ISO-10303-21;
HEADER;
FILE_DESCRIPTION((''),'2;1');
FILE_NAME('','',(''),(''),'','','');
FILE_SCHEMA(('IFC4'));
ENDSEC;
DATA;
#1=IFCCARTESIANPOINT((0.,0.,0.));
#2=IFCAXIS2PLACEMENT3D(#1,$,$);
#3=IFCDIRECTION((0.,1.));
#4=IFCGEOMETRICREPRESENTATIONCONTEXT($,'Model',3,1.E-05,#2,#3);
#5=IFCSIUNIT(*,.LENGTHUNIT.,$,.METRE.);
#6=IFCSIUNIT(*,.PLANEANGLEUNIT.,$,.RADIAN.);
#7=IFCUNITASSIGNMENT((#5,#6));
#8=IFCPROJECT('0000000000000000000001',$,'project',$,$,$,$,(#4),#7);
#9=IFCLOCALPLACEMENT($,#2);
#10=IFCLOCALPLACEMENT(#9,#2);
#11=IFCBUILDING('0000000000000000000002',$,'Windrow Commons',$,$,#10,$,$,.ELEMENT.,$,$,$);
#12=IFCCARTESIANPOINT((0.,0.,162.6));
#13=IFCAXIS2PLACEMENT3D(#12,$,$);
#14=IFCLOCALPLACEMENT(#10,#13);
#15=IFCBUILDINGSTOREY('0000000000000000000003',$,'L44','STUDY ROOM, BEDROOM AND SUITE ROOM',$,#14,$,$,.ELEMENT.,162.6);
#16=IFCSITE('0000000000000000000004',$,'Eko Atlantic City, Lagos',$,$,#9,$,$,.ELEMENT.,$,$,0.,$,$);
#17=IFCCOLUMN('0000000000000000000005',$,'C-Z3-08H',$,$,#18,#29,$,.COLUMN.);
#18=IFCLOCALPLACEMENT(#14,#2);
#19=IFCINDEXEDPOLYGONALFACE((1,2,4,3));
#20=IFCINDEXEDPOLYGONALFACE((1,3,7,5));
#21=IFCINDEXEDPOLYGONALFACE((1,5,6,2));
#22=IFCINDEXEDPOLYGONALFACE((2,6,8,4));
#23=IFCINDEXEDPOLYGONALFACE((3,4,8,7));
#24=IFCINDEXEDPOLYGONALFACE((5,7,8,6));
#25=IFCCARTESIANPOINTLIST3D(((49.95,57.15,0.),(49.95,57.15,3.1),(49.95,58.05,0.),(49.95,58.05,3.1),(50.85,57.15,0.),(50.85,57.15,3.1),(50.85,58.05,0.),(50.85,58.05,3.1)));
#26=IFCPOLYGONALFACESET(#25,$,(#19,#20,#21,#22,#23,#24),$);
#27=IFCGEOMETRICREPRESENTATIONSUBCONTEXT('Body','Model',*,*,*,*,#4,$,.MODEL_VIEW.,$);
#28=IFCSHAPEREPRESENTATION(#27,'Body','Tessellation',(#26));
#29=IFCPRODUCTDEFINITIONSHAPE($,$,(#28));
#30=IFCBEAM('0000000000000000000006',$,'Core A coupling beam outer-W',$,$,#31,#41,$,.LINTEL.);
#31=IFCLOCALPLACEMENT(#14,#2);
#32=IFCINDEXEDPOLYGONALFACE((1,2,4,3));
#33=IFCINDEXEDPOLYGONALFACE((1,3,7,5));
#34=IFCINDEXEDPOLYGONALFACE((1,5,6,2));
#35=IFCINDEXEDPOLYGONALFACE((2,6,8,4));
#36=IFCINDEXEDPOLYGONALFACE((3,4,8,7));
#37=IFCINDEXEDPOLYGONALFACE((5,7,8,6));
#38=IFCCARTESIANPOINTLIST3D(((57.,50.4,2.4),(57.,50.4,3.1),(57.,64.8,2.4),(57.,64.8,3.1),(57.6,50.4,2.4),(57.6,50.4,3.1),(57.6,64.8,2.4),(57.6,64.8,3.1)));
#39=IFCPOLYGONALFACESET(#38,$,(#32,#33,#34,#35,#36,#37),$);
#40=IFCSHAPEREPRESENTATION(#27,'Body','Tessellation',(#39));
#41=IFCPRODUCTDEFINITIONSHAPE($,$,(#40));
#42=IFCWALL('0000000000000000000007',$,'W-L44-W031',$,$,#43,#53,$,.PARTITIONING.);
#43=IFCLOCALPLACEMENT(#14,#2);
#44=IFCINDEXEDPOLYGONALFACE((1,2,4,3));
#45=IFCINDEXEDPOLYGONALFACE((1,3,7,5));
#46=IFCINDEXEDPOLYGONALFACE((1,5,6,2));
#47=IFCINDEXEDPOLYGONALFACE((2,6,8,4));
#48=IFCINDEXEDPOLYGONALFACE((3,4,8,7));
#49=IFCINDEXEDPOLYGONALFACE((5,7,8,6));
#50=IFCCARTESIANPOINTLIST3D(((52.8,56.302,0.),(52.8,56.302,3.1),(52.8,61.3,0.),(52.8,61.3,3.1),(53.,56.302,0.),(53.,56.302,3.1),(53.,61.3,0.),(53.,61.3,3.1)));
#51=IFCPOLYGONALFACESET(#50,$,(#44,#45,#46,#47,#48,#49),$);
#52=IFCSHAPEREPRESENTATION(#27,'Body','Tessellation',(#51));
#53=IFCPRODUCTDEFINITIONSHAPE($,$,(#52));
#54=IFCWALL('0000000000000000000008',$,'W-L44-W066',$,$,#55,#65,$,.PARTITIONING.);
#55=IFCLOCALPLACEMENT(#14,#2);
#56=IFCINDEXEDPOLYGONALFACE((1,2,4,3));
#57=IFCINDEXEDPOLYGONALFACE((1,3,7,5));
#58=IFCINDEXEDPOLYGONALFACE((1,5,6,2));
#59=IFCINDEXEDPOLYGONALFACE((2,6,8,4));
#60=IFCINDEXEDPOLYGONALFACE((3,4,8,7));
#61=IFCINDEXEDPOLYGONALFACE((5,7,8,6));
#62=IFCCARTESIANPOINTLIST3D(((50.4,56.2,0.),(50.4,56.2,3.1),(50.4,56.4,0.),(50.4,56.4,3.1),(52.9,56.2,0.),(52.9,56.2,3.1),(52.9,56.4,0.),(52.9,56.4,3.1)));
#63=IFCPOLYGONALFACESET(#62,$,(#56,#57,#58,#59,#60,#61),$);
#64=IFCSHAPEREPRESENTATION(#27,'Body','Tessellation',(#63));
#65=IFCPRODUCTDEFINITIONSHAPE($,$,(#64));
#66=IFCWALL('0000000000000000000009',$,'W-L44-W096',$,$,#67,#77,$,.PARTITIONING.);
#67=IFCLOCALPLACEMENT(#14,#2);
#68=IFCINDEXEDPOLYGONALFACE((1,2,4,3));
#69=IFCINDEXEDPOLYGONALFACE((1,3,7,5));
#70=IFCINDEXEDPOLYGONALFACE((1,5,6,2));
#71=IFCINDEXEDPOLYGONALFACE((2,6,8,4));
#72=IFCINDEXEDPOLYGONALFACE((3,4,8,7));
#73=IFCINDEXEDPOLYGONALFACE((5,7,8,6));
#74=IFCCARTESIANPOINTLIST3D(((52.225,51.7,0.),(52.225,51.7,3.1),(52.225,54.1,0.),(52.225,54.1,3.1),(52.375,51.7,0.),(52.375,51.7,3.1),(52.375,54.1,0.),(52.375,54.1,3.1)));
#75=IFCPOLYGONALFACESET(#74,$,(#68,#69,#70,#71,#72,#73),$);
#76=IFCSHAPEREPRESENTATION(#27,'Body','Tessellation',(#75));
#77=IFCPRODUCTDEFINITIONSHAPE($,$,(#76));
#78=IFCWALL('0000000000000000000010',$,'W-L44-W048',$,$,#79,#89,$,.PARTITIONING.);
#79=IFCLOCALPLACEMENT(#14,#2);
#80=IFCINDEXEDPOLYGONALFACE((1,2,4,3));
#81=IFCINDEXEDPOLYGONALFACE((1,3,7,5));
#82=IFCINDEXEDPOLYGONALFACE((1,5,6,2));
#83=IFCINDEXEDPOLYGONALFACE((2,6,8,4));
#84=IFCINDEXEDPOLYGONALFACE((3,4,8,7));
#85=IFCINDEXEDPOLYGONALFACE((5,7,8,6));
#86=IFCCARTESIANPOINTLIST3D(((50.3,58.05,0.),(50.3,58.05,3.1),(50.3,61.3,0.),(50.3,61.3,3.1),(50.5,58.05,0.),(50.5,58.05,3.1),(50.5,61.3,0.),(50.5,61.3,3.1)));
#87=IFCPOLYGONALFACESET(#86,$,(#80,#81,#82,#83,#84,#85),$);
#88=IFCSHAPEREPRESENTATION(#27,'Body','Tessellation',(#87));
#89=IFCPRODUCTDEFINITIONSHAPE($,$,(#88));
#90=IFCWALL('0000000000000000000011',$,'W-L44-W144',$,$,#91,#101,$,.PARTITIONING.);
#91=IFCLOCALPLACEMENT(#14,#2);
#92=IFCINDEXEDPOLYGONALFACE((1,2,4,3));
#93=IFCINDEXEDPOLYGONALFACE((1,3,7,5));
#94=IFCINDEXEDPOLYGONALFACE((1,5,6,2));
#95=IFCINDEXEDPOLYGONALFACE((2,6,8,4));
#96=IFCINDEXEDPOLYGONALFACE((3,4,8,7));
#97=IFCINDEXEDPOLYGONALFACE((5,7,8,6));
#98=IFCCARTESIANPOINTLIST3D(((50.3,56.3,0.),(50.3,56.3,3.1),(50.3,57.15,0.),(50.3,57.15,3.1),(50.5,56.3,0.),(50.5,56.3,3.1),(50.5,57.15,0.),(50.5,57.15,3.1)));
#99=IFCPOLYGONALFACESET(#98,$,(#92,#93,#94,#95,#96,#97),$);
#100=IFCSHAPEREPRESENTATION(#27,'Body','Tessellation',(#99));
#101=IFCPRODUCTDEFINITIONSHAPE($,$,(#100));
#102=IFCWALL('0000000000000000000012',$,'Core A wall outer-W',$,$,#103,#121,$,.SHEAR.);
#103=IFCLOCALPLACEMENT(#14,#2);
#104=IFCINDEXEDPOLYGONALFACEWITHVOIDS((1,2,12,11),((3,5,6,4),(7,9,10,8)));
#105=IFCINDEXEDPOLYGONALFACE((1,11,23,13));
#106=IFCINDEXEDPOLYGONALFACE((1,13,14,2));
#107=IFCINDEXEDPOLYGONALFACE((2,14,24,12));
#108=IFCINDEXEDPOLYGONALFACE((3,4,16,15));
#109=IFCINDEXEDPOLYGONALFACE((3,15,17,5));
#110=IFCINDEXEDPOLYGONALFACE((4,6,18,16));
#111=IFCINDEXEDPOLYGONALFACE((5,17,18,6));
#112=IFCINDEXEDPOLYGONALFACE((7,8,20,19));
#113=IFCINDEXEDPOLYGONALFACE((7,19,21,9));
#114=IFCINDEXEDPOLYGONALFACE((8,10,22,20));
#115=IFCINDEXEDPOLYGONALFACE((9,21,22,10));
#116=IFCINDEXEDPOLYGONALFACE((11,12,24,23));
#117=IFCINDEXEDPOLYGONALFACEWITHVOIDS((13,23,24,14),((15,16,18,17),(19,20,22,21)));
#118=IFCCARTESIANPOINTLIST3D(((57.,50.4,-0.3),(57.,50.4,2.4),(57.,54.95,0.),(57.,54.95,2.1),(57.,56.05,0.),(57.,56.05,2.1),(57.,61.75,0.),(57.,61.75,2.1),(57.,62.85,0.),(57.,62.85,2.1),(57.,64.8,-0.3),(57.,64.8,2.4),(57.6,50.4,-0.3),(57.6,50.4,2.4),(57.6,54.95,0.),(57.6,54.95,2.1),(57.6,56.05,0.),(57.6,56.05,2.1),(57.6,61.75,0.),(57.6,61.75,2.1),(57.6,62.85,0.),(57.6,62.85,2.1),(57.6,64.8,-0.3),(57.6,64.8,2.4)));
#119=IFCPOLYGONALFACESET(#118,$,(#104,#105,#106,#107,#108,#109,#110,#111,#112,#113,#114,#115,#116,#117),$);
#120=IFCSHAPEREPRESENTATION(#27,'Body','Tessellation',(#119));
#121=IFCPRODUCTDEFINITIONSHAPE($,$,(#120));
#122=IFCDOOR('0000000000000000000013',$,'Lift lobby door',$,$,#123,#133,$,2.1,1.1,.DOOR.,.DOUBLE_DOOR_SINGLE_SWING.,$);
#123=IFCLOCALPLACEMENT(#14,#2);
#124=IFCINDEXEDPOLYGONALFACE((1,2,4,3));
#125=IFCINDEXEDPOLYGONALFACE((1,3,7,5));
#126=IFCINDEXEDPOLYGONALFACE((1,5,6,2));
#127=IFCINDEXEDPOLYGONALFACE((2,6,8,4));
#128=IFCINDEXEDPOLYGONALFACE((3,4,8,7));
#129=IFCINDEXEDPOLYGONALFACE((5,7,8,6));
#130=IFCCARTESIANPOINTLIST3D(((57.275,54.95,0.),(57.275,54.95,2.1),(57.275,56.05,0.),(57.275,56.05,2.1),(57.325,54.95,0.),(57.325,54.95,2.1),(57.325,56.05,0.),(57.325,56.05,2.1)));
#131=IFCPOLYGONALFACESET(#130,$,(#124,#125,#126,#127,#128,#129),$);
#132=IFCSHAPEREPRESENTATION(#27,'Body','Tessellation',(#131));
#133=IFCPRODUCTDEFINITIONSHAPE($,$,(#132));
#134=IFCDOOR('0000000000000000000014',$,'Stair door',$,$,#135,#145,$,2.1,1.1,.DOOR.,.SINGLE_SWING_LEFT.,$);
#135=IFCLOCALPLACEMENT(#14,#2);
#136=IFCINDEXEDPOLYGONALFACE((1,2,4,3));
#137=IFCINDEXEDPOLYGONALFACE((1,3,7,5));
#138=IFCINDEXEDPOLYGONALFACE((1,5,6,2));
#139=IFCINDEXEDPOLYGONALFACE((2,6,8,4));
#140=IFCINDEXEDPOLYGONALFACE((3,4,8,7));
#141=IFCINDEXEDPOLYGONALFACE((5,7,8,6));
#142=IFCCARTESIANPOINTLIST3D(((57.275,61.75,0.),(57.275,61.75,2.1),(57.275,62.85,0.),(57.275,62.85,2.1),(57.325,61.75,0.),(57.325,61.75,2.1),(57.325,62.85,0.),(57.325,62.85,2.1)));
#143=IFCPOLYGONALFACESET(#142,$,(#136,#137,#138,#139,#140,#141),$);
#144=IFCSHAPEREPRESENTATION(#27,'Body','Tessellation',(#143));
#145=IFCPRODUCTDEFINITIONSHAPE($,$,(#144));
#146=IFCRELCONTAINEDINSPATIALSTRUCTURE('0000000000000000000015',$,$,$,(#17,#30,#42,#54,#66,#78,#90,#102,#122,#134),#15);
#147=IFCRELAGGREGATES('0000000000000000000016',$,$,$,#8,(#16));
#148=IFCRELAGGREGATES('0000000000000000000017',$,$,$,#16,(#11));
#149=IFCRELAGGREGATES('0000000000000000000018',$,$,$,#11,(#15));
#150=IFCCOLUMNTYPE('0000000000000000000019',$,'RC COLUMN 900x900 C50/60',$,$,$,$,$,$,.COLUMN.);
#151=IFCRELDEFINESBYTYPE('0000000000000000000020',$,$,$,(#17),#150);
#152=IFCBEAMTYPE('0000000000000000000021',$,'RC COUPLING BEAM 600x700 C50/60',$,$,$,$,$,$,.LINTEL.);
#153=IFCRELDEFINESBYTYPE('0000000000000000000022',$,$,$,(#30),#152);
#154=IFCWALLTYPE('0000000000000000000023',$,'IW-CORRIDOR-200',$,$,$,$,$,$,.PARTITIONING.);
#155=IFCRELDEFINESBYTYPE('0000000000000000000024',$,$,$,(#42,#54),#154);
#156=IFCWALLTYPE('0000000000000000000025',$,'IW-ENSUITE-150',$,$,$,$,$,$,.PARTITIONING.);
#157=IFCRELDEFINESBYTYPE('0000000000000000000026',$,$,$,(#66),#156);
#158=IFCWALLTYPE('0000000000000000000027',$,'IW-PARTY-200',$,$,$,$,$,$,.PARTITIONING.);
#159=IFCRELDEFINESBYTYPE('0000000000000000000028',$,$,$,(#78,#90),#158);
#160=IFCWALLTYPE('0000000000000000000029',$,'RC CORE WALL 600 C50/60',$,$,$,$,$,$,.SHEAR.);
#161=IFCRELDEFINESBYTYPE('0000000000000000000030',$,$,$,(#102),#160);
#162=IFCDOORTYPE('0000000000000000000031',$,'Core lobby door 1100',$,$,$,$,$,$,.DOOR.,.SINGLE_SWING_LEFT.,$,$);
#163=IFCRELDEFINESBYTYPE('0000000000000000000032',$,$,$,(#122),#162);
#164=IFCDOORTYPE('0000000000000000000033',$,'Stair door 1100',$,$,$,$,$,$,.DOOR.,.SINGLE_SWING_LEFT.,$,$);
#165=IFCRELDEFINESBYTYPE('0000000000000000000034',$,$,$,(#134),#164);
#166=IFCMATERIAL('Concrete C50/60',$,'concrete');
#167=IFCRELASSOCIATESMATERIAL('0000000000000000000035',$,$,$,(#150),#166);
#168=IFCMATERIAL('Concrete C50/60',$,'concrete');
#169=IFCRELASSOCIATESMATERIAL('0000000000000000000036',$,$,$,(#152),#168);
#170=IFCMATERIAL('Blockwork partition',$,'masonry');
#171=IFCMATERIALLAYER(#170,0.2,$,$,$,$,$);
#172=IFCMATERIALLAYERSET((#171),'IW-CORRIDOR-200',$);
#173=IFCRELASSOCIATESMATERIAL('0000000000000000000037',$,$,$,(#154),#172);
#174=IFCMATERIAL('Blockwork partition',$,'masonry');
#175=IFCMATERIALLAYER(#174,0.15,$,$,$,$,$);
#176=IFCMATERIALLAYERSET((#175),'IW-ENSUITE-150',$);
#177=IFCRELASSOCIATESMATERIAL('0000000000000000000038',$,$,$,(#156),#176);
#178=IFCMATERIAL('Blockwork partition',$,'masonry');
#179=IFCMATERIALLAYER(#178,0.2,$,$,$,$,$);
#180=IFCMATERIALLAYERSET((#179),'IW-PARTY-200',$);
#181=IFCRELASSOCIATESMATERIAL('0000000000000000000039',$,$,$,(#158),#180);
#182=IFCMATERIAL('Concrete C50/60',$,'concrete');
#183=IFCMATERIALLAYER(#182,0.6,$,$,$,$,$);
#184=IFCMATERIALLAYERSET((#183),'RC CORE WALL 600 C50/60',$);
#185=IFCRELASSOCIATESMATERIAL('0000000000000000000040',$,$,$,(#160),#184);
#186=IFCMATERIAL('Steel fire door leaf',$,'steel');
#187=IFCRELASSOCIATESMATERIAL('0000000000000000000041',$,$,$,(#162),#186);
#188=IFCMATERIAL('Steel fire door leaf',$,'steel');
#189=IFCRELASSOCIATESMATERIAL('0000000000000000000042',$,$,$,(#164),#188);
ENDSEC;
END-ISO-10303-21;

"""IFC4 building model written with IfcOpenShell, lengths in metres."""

from ifc_helpers import new_model, si_unit, direction, frame, frame_2d, origin, origin_2d, place, context, subcontext, project, spatial, rectangle, extrude, material, layer, layer_set, material_profile, profile_set, type_object, element, fill, save


model = new_model("IFC4")

# Units and contexts
model_context = context("Model", 3, precision=1e-05, world=origin(), true_north=direction((0.0, 1.0)))
body_context = subcontext(model_context, "Body", "Model", "MODEL_VIEW")
ifc_project = project(units=[si_unit("LENGTHUNIT", "METRE"), si_unit("PLANEANGLEUNIT", "RADIAN")], contexts=[model_context])

# Site, building, storey
site_placement = place(None, origin())
site = spatial("IfcSite", under=ifc_project, at=site_placement, Name="Eko Atlantic City, Lagos", CompositionType="ELEMENT", RefElevation=0.0)
building_placement = place(site_placement, origin())
building = spatial("IfcBuilding", under=site, at=building_placement, Name="Windrow Commons", CompositionType="ELEMENT")
storey_placement = place(building_placement, frame((0.0, 0.0, 162.6)))
storey = spatial("IfcBuildingStorey", under=building, at=storey_placement, Name="L44", Description="STUDY ROOM, BEDROOM AND SUITE ROOM", CompositionType="ELEMENT", Elevation=162.6)

# Column
ifc_material_1 = material(Name="Concrete C50/60", Category="concrete")
ifc_material_profile_1 = material_profile(ifc_material_1, rectangle(XDim=0.9, YDim=0.9, at=origin_2d()))
ifc_profile_set_1 = profile_set([ifc_material_profile_1], Name="Concrete C50/60")
column_type = type_object("IfcColumnType", Name="RC COLUMN 900x900 C50/60", PredefinedType="COLUMN", material=ifc_profile_set_1)
column_placement = place(storey_placement, frame((50.4, 57.6, 0.0), z_axis=(0.0, 0.0, 1.0), x_axis=(1.0, 0.0, 0.0)))
element("IfcColumn", 1, at=column_placement, inside=storey, type_object=column_type, Name="C-Z3-08H", PredefinedType="COLUMN", context=body_context, shape_type="SweptSolid", body=[
    extrude(rectangle(XDim=0.9, YDim=0.9, at=origin_2d()), origin(), (0.0, 0.0, 1.0), 3.1),
])

# Beam
ifc_material_2 = material(Name="Concrete C50/60", Category="concrete")
ifc_material_profile_2 = material_profile(ifc_material_2, rectangle(XDim=0.6, YDim=0.7, at=origin_2d()))
ifc_profile_set_2 = profile_set([ifc_material_profile_2], Name="Concrete C50/60")
beam_type = type_object("IfcBeamType", Name="RC COUPLING BEAM 600x700 C50/60", PredefinedType="LINTEL", material=ifc_profile_set_2)
beam_placement = place(storey_placement, frame((57.3, 50.4, 2.75), z_axis=(0.0, 1.0, 0.0), x_axis=(-1.0, 0.0, 0.0)))
element("IfcBeam", 2, at=beam_placement, inside=storey, type_object=beam_type, Name="Core A coupling beam outer-W", PredefinedType="LINTEL", context=body_context, shape_type="SweptSolid", body=[
    extrude(rectangle(XDim=0.6, YDim=0.7, at=origin_2d()), origin(), (0.0, 0.0, 1.0), 14.4),
])

# Walls
ifc_material_3 = material(Name="Blockwork partition", Category="masonry")
ifc_layer_1 = layer(ifc_material_3, 0.2)
ifc_layer_set_1 = layer_set([ifc_layer_1], Name="IW-CORRIDOR-200")
wall_type_1 = type_object("IfcWallType", Name="IW-CORRIDOR-200", PredefinedType="PARTITIONING", material=ifc_layer_set_1)
wall_1_placement = place(storey_placement, frame((52.9, 56.302, 0.0), z_axis=(0.0, 0.0, 1.0), x_axis=(0.0, 1.0, 0.0)))
element("IfcWall", 3, at=wall_1_placement, inside=storey, type_object=wall_type_1, Name="W-L44-W031", PredefinedType="PARTITIONING", context=body_context, shape_type="SweptSolid", body=[
    extrude(rectangle(XDim=4.998, YDim=0.2, at=frame_2d((2.499, 0.0))), origin(), (0.0, 0.0, 1.0), 3.1),
])
wall_2_placement = place(storey_placement, frame((50.4, 56.3, 0.0), z_axis=(0.0, 0.0, 1.0), x_axis=(1.0, 0.0, 0.0)))
element("IfcWall", 4, at=wall_2_placement, inside=storey, type_object=wall_type_1, Name="W-L44-W066", PredefinedType="PARTITIONING", context=body_context, shape_type="SweptSolid", body=[
    extrude(rectangle(XDim=2.5, YDim=0.2, at=frame_2d((1.25, 0.0))), origin(), (0.0, 0.0, 1.0), 3.1),
])
ifc_material_4 = material(Name="Blockwork partition", Category="masonry")
ifc_layer_2 = layer(ifc_material_4, 0.15)
ifc_layer_set_2 = layer_set([ifc_layer_2], Name="IW-ENSUITE-150")
wall_type_2 = type_object("IfcWallType", Name="IW-ENSUITE-150", PredefinedType="PARTITIONING", material=ifc_layer_set_2)
wall_3_placement = place(storey_placement, frame((52.3, 51.7, 0.0), z_axis=(0.0, 0.0, 1.0), x_axis=(0.0, 1.0, 0.0)))
element("IfcWall", 5, at=wall_3_placement, inside=storey, type_object=wall_type_2, Name="W-L44-W096", PredefinedType="PARTITIONING", context=body_context, shape_type="SweptSolid", body=[
    extrude(rectangle(XDim=2.4, YDim=0.15, at=frame_2d((1.2, 0.0))), origin(), (0.0, 0.0, 1.0), 3.1),
])
ifc_material_5 = material(Name="Blockwork partition", Category="masonry")
ifc_layer_3 = layer(ifc_material_5, 0.2)
ifc_layer_set_3 = layer_set([ifc_layer_3], Name="IW-PARTY-200")
wall_type_3 = type_object("IfcWallType", Name="IW-PARTY-200", PredefinedType="PARTITIONING", material=ifc_layer_set_3)
wall_4_placement = place(storey_placement, frame((50.4, 58.05, 0.0), z_axis=(0.0, 0.0, 1.0), x_axis=(0.0, 1.0, 0.0)))
element("IfcWall", 6, at=wall_4_placement, inside=storey, type_object=wall_type_3, Name="W-L44-W048", PredefinedType="PARTITIONING", context=body_context, shape_type="SweptSolid", body=[
    extrude(rectangle(XDim=3.25, YDim=0.2, at=frame_2d((1.625, 0.0))), origin(), (0.0, 0.0, 1.0), 3.1),
])
wall_5_placement = place(storey_placement, frame((50.4, 56.3, 0.0), z_axis=(0.0, 0.0, 1.0), x_axis=(0.0, 1.0, 0.0)))
element("IfcWall", 7, at=wall_5_placement, inside=storey, type_object=wall_type_3, Name="W-L44-W144", PredefinedType="PARTITIONING", context=body_context, shape_type="SweptSolid", body=[
    extrude(rectangle(XDim=0.85, YDim=0.2, at=frame_2d((0.425, 0.0))), origin(), (0.0, 0.0, 1.0), 3.1),
])

# Wall, openings, doors
ifc_material_6 = material(Name="Concrete C50/60", Category="concrete")
ifc_layer_4 = layer(ifc_material_6, 0.6)
ifc_layer_set_4 = layer_set([ifc_layer_4], Name="RC CORE WALL 600 C50/60")
wall_type_4 = type_object("IfcWallType", Name="RC CORE WALL 600 C50/60", PredefinedType="SHEAR", material=ifc_layer_set_4)
wall_6_placement = place(storey_placement, frame((57.3, 50.4, -0.3), z_axis=(0.0, 0.0, 1.0), x_axis=(0.0, 1.0, 0.0)))
wall_6 = element("IfcWall", 8, at=wall_6_placement, inside=storey, type_object=wall_type_4, Name="Core A wall outer-W", PredefinedType="SHEAR", context=body_context, shape_type="SweptSolid", body=[
    extrude(rectangle(XDim=14.4, YDim=0.6, at=frame_2d((7.2, 0.0))), origin(), (0.0, 0.0, 1.0), 2.7),
])
opening_1_placement = place(wall_6_placement, frame((4.55, 0.0, 0.3)))
opening_1 = element("IfcOpeningElement", 9, at=opening_1_placement, cuts=wall_6, PredefinedType="OPENING", context=body_context, shape_type="SweptSolid", body=[
    extrude(rectangle(XDim=1.1, YDim=2.1, at=frame_2d((0.55, 1.05))), frame((0.0, 0.31, 0.0), z_axis=(0.0, -1.0, 0.0), x_axis=(1.0, 0.0, 0.0)), (0.0, 0.0, 1.0), 0.62),
])
opening_2_placement = place(wall_6_placement, frame((11.35, 0.0, 0.3)))
opening_2 = element("IfcOpeningElement", 10, at=opening_2_placement, cuts=wall_6, PredefinedType="OPENING", context=body_context, shape_type="SweptSolid", body=[
    extrude(rectangle(XDim=1.1, YDim=2.1, at=frame_2d((0.55, 1.05))), frame((0.0, 0.31, 0.0), z_axis=(0.0, -1.0, 0.0), x_axis=(1.0, 0.0, 0.0)), (0.0, 0.0, 1.0), 0.62),
])
ifc_material_7 = material(Name="Steel fire door leaf", Category="steel")
door_type_1 = type_object("IfcDoorType", Name="Core lobby door 1100", OperationType="SINGLE_SWING_LEFT", PredefinedType="DOOR", material=ifc_material_7)
door_1_placement = place(opening_1_placement, origin())
door_1 = element("IfcDoor", 11, at=door_1_placement, inside=storey, type_object=door_type_1, Name="Lift lobby door", OperationType="DOUBLE_DOOR_SINGLE_SWING", OverallHeight=2.1, OverallWidth=1.1, PredefinedType="DOOR", context=body_context, shape_type="SweptSolid", body=[
    extrude(rectangle(XDim=1.1, YDim=2.1, at=frame_2d((0.55, 1.05))), frame((0.0, 0.025, 0.0), z_axis=(0.0, -1.0, 0.0), x_axis=(1.0, 0.0, 0.0)), (0.0, 0.0, 1.0), 0.05),
])
fill(opening_1, door_1)
ifc_material_8 = material(Name="Steel fire door leaf", Category="steel")
door_type_2 = type_object("IfcDoorType", Name="Stair door 1100", OperationType="SINGLE_SWING_LEFT", PredefinedType="DOOR", material=ifc_material_8)
door_2_placement = place(opening_2_placement, origin())
door_2 = element("IfcDoor", 12, at=door_2_placement, inside=storey, type_object=door_type_2, Name="Stair door", OperationType="SINGLE_SWING_LEFT", OverallHeight=2.1, OverallWidth=1.1, PredefinedType="DOOR", context=body_context, shape_type="SweptSolid", body=[
    extrude(rectangle(XDim=1.1, YDim=2.1, at=frame_2d((0.55, 1.05))), frame((0.0, 0.025, 0.0), z_axis=(0.0, -1.0, 0.0), x_axis=(1.0, 0.0, 0.0)), (0.0, 0.0, 1.0), 0.05),
])
fill(opening_2, door_2)

save(model, "model.ifc")
